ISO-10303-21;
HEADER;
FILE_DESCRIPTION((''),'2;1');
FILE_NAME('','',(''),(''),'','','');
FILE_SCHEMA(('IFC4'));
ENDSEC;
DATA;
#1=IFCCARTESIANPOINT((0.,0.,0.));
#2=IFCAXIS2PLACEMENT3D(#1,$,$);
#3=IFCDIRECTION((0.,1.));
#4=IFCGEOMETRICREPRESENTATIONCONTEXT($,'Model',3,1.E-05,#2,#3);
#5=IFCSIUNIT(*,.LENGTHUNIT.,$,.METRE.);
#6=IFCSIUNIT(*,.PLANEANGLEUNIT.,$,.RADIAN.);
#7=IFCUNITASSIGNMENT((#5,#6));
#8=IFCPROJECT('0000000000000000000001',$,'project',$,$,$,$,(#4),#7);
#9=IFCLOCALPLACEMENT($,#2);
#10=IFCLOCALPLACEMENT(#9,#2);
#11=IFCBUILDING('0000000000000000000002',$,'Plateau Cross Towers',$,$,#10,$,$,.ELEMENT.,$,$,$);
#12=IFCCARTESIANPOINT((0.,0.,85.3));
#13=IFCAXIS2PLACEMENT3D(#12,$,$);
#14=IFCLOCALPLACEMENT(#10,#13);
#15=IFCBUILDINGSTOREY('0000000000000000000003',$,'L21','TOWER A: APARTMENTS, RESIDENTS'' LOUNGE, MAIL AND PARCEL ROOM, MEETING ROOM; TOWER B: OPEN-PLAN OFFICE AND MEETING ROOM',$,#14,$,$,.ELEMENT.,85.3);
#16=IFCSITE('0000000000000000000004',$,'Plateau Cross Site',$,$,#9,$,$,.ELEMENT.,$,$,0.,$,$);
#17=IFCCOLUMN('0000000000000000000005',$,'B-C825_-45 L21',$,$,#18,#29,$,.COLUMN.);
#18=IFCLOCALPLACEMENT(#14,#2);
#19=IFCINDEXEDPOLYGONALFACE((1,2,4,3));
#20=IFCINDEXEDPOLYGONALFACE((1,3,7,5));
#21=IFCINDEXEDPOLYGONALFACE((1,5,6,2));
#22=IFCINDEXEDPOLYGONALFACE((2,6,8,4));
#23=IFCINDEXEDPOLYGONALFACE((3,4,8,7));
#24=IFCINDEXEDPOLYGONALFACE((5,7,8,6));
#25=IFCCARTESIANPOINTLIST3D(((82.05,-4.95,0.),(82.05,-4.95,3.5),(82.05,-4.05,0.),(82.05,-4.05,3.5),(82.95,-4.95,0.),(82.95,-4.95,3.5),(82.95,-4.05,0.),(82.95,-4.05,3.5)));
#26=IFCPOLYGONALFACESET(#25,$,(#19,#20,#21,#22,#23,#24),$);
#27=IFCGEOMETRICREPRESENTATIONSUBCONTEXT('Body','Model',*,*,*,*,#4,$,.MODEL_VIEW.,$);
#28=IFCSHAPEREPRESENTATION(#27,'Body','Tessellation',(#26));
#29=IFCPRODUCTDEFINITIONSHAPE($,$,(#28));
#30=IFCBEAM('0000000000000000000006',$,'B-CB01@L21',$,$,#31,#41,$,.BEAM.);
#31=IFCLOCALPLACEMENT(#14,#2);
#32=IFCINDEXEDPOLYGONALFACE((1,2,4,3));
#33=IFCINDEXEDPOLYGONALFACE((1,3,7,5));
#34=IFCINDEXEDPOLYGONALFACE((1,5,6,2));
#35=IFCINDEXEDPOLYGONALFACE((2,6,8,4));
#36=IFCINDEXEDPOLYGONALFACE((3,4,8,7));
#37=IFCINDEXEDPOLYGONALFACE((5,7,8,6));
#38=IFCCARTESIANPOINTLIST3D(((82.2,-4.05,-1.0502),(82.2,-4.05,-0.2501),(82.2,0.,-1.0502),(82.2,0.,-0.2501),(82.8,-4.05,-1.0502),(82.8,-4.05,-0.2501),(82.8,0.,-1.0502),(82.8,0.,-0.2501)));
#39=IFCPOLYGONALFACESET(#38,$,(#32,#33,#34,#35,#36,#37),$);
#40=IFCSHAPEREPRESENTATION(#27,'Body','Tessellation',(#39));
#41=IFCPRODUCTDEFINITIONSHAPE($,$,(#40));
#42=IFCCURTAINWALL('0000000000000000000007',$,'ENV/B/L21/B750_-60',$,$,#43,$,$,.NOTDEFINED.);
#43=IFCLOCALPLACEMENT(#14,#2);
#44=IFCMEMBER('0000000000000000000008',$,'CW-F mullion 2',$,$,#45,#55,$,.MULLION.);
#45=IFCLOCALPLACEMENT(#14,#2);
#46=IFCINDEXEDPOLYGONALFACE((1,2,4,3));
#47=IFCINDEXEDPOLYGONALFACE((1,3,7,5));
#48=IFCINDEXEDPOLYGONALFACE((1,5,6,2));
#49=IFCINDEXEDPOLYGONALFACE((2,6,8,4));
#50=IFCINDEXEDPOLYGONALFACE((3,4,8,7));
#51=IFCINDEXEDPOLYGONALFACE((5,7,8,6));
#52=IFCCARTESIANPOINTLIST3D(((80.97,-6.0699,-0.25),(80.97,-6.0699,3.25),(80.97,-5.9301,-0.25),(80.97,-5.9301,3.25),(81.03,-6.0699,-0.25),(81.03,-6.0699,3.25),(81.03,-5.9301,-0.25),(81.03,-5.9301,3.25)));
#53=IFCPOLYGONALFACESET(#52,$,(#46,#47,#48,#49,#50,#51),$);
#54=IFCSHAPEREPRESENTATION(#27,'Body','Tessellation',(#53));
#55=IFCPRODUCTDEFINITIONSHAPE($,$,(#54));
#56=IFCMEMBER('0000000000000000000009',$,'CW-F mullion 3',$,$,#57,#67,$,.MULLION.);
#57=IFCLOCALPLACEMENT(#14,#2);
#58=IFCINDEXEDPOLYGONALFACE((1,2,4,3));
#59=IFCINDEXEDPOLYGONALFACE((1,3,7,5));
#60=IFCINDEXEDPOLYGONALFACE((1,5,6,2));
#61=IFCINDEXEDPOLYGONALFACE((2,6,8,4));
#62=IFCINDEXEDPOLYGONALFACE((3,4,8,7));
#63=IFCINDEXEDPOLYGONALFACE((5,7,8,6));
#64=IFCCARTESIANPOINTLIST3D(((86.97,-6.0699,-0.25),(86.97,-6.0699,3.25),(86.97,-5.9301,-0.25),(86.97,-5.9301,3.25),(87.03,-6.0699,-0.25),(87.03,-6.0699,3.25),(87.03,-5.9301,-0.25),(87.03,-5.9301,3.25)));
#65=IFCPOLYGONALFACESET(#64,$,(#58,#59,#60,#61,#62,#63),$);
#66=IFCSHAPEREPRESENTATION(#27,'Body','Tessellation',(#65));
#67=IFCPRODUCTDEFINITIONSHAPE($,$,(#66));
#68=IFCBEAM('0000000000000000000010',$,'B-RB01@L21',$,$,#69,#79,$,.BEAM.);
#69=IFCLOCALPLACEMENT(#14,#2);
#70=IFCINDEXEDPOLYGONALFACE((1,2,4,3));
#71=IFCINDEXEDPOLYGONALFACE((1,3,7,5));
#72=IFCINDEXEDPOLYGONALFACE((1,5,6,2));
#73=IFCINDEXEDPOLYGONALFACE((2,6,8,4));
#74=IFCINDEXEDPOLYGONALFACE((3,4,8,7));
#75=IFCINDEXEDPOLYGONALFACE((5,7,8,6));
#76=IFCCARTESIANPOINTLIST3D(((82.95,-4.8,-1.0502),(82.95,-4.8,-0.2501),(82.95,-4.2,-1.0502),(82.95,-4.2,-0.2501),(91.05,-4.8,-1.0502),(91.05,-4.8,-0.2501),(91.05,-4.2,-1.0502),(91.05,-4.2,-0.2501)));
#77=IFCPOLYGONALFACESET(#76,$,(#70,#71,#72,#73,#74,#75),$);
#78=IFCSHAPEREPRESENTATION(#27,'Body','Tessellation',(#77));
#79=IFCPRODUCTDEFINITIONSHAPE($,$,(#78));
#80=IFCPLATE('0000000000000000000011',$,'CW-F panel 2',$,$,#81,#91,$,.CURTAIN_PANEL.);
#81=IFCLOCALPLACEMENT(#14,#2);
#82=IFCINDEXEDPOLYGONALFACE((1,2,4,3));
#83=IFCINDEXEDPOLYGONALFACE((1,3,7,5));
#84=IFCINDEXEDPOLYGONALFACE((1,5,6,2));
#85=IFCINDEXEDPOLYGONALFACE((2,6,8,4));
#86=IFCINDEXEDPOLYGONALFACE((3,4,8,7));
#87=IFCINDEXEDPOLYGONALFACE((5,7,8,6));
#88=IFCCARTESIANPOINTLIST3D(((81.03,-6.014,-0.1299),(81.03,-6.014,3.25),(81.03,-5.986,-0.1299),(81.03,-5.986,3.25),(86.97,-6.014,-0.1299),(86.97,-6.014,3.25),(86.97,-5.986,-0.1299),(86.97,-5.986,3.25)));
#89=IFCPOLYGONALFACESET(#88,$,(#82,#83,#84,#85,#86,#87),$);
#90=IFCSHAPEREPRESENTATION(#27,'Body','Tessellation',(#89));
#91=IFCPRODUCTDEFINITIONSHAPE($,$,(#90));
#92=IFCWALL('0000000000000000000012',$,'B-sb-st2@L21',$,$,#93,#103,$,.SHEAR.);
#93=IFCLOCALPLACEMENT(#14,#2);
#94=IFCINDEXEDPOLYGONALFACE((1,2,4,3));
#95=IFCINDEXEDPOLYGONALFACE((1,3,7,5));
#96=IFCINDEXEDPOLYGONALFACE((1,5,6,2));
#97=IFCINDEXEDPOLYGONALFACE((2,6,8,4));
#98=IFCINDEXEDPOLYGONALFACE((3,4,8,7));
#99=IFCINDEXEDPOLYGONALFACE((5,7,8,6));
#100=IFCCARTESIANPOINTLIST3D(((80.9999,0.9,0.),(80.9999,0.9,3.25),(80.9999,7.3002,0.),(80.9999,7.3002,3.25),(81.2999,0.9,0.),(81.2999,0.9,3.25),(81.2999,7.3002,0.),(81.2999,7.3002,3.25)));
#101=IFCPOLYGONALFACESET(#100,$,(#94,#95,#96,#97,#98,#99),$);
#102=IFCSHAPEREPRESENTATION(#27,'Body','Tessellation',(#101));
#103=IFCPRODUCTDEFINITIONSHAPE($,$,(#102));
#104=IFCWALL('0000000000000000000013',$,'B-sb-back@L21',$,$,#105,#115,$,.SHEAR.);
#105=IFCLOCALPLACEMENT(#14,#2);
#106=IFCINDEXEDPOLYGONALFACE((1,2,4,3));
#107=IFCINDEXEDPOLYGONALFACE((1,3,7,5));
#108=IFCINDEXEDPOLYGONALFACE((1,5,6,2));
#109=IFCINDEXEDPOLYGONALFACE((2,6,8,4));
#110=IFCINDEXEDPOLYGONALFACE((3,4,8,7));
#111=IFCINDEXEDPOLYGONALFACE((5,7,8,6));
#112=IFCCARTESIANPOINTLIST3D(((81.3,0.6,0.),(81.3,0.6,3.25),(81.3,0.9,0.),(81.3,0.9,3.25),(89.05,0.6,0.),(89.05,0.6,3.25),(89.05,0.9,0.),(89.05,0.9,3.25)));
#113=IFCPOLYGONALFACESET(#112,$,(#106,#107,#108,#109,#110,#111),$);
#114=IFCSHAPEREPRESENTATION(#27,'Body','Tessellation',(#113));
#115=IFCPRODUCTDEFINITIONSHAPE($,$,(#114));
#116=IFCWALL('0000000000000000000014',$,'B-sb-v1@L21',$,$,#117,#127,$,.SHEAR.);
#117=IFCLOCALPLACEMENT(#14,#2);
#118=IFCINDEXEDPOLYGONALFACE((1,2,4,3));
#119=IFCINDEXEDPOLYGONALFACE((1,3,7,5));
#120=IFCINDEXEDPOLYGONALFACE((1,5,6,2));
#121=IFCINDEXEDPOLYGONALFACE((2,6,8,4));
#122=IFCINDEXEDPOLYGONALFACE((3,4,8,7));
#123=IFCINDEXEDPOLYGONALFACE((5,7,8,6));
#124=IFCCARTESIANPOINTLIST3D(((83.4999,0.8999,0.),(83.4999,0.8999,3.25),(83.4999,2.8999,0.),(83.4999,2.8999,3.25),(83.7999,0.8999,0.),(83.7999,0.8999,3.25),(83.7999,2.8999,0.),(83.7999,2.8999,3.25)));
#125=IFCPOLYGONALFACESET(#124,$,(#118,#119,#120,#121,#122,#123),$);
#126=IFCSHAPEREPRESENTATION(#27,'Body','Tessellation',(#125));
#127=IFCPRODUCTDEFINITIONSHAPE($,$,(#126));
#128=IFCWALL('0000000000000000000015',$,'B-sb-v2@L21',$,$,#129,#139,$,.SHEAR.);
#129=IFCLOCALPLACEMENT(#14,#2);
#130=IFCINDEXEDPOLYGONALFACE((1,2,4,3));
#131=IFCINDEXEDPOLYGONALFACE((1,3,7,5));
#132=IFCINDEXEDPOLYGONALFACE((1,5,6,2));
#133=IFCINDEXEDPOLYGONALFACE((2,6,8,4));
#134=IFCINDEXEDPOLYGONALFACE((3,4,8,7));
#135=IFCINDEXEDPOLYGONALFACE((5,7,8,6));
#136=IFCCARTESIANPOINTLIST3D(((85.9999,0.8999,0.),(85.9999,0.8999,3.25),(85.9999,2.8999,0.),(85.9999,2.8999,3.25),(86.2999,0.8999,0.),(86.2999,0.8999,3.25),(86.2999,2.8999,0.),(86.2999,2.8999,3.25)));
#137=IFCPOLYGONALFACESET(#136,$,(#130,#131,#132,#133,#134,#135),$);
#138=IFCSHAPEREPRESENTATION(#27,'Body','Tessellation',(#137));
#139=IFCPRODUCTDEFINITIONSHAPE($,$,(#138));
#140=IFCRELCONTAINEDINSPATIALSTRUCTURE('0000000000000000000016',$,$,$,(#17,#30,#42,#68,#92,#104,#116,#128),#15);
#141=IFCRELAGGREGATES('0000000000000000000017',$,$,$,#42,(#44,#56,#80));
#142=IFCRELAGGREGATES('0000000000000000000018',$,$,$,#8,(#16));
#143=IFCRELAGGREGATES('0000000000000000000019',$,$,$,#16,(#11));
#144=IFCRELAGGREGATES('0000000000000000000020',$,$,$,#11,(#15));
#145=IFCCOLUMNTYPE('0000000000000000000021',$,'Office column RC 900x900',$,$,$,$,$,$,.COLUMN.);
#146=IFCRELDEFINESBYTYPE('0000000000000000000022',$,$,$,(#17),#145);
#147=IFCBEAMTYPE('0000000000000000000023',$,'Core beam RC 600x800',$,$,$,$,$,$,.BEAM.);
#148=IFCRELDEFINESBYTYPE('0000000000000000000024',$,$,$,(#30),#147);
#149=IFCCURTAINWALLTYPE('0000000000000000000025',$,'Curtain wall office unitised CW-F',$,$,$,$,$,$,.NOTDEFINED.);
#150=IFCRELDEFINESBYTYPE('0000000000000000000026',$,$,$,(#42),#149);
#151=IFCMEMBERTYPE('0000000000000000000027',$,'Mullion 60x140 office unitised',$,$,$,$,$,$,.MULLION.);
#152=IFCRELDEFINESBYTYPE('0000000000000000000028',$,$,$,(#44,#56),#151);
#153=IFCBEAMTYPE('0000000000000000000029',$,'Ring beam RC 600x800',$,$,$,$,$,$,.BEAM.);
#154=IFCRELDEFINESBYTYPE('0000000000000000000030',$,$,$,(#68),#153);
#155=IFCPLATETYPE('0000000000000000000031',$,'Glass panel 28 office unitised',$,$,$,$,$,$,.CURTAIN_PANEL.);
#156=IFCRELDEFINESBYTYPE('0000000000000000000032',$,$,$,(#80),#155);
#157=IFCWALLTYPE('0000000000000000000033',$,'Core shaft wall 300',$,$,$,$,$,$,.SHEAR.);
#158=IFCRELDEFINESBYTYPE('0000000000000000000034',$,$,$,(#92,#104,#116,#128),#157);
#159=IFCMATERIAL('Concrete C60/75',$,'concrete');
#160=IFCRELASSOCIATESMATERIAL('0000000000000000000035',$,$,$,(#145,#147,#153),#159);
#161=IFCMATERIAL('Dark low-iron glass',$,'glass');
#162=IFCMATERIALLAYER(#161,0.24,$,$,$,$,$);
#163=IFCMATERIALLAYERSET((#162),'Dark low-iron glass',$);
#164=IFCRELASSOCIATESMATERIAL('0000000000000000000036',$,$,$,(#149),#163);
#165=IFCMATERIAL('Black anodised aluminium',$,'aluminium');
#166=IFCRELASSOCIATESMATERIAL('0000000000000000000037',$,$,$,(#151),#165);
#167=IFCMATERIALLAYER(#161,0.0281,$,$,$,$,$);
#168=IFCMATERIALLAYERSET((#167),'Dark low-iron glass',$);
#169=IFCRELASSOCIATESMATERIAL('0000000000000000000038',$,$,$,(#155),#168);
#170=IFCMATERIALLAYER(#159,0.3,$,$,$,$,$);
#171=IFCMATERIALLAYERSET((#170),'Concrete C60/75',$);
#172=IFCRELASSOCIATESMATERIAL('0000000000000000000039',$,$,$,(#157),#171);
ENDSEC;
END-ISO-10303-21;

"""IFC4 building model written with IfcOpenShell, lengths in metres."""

from ifc_helpers import new_model, si_unit, direction, frame, frame_2d, origin, origin_2d, place, context, subcontext, project, spatial, rectangle, extrude, material, layer, layer_set, material_profile, profile_set, type_object, element, aggregate, save


model = new_model("IFC4")

# Units and contexts
model_context = context("Model", 3, precision=1e-05, world=origin(), true_north=direction((0.0, 1.0)))
body_context = subcontext(model_context, "Body", "Model", "MODEL_VIEW")
ifc_project = project(units=[si_unit("LENGTHUNIT", "METRE"), si_unit("PLANEANGLEUNIT", "RADIAN")], contexts=[model_context])

# Site, building, storey
site_placement = place(None, origin())
site = spatial("IfcSite", under=ifc_project, at=site_placement, Name="Plateau Cross Site", CompositionType="ELEMENT", RefElevation=0.0)
building_placement = place(site_placement, origin())
building = spatial("IfcBuilding", under=site, at=building_placement, Name="Plateau Cross Towers", CompositionType="ELEMENT")
storey_placement = place(building_placement, frame((0.0, 0.0, 85.3)))
storey = spatial("IfcBuildingStorey", under=building, at=storey_placement, Name="L21", Description="TOWER A: APARTMENTS, RESIDENTS' LOUNGE, MAIL AND PARCEL ROOM, MEETING ROOM; TOWER B: OPEN-PLAN OFFICE AND MEETING ROOM", CompositionType="ELEMENT", Elevation=85.3)

# Column
ifc_material_1 = material(Name="Concrete C60/75", Category="concrete")
ifc_material_profile_1 = material_profile(ifc_material_1, rectangle(XDim=0.8999, YDim=0.8999, at=origin_2d()), Name="RC 900x900")
ifc_profile_set_1 = profile_set([ifc_material_profile_1], Name="Concrete C60/75")
column_type = type_object("IfcColumnType", Name="Office column RC 900x900", PredefinedType="COLUMN", material=ifc_profile_set_1)
column_placement = place(storey_placement, frame((82.5, -4.5, 0.0), z_axis=(0.0, 0.0, 1.0), x_axis=(1.0, 0.0, 0.0)))
element("IfcColumn", 1, at=column_placement, inside=storey, type_object=column_type, Name="B-C825_-45 L21", PredefinedType="COLUMN", context=body_context, shape_type="SweptSolid", body=[
    extrude(rectangle(XDim=0.8999, YDim=0.8999, at=origin_2d()), origin(), (0.0, 0.0, 1.0), 3.5),
])

# Beam
ifc_material_profile_2 = material_profile(ifc_material_1, rectangle(XDim=0.6001, YDim=0.8, at=origin_2d()), Name="RC 600x800")
ifc_profile_set_2 = profile_set([ifc_material_profile_2], Name="Concrete C60/75")
beam_type_1 = type_object("IfcBeamType", Name="Core beam RC 600x800", PredefinedType="BEAM", material=ifc_profile_set_2)
beam_1_placement = place(storey_placement, frame((82.5, 0.0, -0.6501), z_axis=(0.0, -1.0, 0.0), x_axis=(1.0, 0.0, 0.0)))
element("IfcBeam", 2, at=beam_1_placement, inside=storey, type_object=beam_type_1, Name="B-CB01@L21", PredefinedType="BEAM", context=body_context, shape_type="SweptSolid", body=[
    extrude(rectangle(XDim=0.6001, YDim=0.8, at=origin_2d()), origin(), (0.0, 0.0, 1.0), 4.05),
])

# Curtain wall, members
ifc_material_2 = material(Name="Dark low-iron glass", Category="glass")
ifc_layer_1 = layer(ifc_material_2, 0.24)
ifc_layer_set_1 = layer_set([ifc_layer_1], Name="Dark low-iron glass")
curtain_wall_type = type_object("IfcCurtainWallType", Name="Curtain wall office unitised CW-F", PredefinedType="NOTDEFINED", material=ifc_layer_set_1)
curtain_wall_placement = place(storey_placement, origin())
curtain_wall = element("IfcCurtainWall", 3, at=curtain_wall_placement, inside=storey, type_object=curtain_wall_type, Name="ENV/B/L21/B750_-60", PredefinedType="NOTDEFINED")
ifc_material_3 = material(Name="Black anodised aluminium", Category="aluminium")
ifc_material_profile_3 = material_profile(ifc_material_3, rectangle(XDim=0.0601, YDim=0.1399, at=origin_2d()), Name="MULLION 60x140")
ifc_profile_set_3 = profile_set([ifc_material_profile_3], Name="Black anodised aluminium")
member_type = type_object("IfcMemberType", Name="Mullion 60x140 office unitised", PredefinedType="MULLION", material=ifc_profile_set_3)
member_1_placement = place(storey_placement, frame((81.0, -6.0, -0.25), z_axis=(0.0, 0.0, 1.0), x_axis=(1.0, 0.0, 0.0)))
member_1 = element("IfcMember", 4, at=member_1_placement, type_object=member_type, Name="CW-F mullion 2", PredefinedType="MULLION", context=body_context, shape_type="SweptSolid", body=[
    extrude(rectangle(XDim=0.0601, YDim=0.1399, at=origin_2d()), origin(), (0.0, 0.0, 1.0), 3.5),
])
member_2_placement = place(storey_placement, frame((87.0, -6.0, -0.25), z_axis=(0.0, 0.0, 1.0), x_axis=(1.0, 0.0, 0.0)))
member_2 = element("IfcMember", 5, at=member_2_placement, type_object=member_type, Name="CW-F mullion 3", PredefinedType="MULLION", context=body_context, shape_type="SweptSolid", body=[
    extrude(rectangle(XDim=0.0601, YDim=0.1399, at=origin_2d()), origin(), (0.0, 0.0, 1.0), 3.5),
])

# Beam
ifc_material_profile_4 = material_profile(ifc_material_1, rectangle(XDim=0.6001, YDim=0.8, at=origin_2d()), Name="RC 600x800")
ifc_profile_set_4 = profile_set([ifc_material_profile_4], Name="Concrete C60/75")
beam_type_2 = type_object("IfcBeamType", Name="Ring beam RC 600x800", PredefinedType="BEAM", material=ifc_profile_set_4)
beam_2_placement = place(storey_placement, frame((82.95, -4.5, -0.6501), z_axis=(1.0, 0.0, 0.0), x_axis=(0.0, 1.0, 0.0)))
element("IfcBeam", 6, at=beam_2_placement, inside=storey, type_object=beam_type_2, Name="B-RB01@L21", PredefinedType="BEAM", context=body_context, shape_type="SweptSolid", body=[
    extrude(rectangle(XDim=0.6001, YDim=0.8, at=origin_2d()), origin(), (0.0, 0.0, 1.0), 8.1001),
])

# Plate
ifc_layer_2 = layer(ifc_material_2, 0.0281)
ifc_layer_set_2 = layer_set([ifc_layer_2], Name="Dark low-iron glass")
plate_type = type_object("IfcPlateType", Name="Glass panel 28 office unitised", PredefinedType="CURTAIN_PANEL", material=ifc_layer_set_2)
plate_placement = place(storey_placement, frame((84.0, -6.0, -0.1299), z_axis=(0.0, 0.0, 1.0), x_axis=(1.0, 0.0, 0.0)))
plate = element("IfcPlate", 7, at=plate_placement, type_object=plate_type, Name="CW-F panel 2", PredefinedType="CURTAIN_PANEL", context=body_context, shape_type="SweptSolid", body=[
    extrude(rectangle(XDim=5.9399, YDim=0.0281, at=origin_2d()), origin(), (0.0, 0.0, 1.0), 3.3799),
])
aggregate(curtain_wall, [member_1, member_2, plate])

# Walls
ifc_layer_3 = layer(ifc_material_1, 0.3)
ifc_layer_set_3 = layer_set([ifc_layer_3], Name="Concrete C60/75")
wall_type_1 = type_object("IfcWallType", Name="Core shaft wall 300", PredefinedType="SHEAR", material=ifc_layer_set_3)
wall_1_placement = place(storey_placement, frame((81.1499, 0.8999, 0.0), z_axis=(0.0, 0.0, 1.0), x_axis=(0.0, 1.0, 0.0)))
element("IfcWall", 8, at=wall_1_placement, inside=storey, type_object=wall_type_1, Name="B-sb-st2@L21", PredefinedType="SHEAR", context=body_context, shape_type="SweptSolid", body=[
    extrude(rectangle(XDim=6.4001, YDim=0.3, at=frame_2d((3.2002, 0.0))), origin(), (0.0, 0.0, 1.0), 3.25),
])
wall_2_placement = place(storey_placement, frame((81.3, 0.75, 0.0), z_axis=(0.0, 0.0, 1.0), x_axis=(1.0, 0.0, 0.0)))
element("IfcWall", 9, at=wall_2_placement, inside=storey, type_object=wall_type_1, Name="B-sb-back@L21", PredefinedType="SHEAR", context=body_context, shape_type="SweptSolid", body=[
    extrude(rectangle(XDim=7.75, YDim=0.3, at=frame_2d((3.875, 0.0))), origin(), (0.0, 0.0, 1.0), 3.25),
])
for number, where, z_axis, x_axis, name in (
    (10, (83.6499, 0.8999, 0.0), (0.0, 0.0, 1.0), (0.0, 1.0, 0.0), "B-sb-v1@L21"),
    (11, (86.1499, 0.8999, 0.0), (0.0, 0.0, 1.0), (0.0, 1.0, 0.0), "B-sb-v2@L21"),
):
    element("IfcWall", number, at=place(storey_placement, frame(where, z_axis=z_axis, x_axis=x_axis)), inside=storey, type_object=wall_type_1, Name=name, PredefinedType="SHEAR", context=body_context, shape_type="SweptSolid", body=[
        extrude(rectangle(XDim=2.0, YDim=0.3, at=frame_2d((1.0, 0.0))), origin(), (0.0, 0.0, 1.0), 3.25),
    ])

save(model, "model.ifc")
